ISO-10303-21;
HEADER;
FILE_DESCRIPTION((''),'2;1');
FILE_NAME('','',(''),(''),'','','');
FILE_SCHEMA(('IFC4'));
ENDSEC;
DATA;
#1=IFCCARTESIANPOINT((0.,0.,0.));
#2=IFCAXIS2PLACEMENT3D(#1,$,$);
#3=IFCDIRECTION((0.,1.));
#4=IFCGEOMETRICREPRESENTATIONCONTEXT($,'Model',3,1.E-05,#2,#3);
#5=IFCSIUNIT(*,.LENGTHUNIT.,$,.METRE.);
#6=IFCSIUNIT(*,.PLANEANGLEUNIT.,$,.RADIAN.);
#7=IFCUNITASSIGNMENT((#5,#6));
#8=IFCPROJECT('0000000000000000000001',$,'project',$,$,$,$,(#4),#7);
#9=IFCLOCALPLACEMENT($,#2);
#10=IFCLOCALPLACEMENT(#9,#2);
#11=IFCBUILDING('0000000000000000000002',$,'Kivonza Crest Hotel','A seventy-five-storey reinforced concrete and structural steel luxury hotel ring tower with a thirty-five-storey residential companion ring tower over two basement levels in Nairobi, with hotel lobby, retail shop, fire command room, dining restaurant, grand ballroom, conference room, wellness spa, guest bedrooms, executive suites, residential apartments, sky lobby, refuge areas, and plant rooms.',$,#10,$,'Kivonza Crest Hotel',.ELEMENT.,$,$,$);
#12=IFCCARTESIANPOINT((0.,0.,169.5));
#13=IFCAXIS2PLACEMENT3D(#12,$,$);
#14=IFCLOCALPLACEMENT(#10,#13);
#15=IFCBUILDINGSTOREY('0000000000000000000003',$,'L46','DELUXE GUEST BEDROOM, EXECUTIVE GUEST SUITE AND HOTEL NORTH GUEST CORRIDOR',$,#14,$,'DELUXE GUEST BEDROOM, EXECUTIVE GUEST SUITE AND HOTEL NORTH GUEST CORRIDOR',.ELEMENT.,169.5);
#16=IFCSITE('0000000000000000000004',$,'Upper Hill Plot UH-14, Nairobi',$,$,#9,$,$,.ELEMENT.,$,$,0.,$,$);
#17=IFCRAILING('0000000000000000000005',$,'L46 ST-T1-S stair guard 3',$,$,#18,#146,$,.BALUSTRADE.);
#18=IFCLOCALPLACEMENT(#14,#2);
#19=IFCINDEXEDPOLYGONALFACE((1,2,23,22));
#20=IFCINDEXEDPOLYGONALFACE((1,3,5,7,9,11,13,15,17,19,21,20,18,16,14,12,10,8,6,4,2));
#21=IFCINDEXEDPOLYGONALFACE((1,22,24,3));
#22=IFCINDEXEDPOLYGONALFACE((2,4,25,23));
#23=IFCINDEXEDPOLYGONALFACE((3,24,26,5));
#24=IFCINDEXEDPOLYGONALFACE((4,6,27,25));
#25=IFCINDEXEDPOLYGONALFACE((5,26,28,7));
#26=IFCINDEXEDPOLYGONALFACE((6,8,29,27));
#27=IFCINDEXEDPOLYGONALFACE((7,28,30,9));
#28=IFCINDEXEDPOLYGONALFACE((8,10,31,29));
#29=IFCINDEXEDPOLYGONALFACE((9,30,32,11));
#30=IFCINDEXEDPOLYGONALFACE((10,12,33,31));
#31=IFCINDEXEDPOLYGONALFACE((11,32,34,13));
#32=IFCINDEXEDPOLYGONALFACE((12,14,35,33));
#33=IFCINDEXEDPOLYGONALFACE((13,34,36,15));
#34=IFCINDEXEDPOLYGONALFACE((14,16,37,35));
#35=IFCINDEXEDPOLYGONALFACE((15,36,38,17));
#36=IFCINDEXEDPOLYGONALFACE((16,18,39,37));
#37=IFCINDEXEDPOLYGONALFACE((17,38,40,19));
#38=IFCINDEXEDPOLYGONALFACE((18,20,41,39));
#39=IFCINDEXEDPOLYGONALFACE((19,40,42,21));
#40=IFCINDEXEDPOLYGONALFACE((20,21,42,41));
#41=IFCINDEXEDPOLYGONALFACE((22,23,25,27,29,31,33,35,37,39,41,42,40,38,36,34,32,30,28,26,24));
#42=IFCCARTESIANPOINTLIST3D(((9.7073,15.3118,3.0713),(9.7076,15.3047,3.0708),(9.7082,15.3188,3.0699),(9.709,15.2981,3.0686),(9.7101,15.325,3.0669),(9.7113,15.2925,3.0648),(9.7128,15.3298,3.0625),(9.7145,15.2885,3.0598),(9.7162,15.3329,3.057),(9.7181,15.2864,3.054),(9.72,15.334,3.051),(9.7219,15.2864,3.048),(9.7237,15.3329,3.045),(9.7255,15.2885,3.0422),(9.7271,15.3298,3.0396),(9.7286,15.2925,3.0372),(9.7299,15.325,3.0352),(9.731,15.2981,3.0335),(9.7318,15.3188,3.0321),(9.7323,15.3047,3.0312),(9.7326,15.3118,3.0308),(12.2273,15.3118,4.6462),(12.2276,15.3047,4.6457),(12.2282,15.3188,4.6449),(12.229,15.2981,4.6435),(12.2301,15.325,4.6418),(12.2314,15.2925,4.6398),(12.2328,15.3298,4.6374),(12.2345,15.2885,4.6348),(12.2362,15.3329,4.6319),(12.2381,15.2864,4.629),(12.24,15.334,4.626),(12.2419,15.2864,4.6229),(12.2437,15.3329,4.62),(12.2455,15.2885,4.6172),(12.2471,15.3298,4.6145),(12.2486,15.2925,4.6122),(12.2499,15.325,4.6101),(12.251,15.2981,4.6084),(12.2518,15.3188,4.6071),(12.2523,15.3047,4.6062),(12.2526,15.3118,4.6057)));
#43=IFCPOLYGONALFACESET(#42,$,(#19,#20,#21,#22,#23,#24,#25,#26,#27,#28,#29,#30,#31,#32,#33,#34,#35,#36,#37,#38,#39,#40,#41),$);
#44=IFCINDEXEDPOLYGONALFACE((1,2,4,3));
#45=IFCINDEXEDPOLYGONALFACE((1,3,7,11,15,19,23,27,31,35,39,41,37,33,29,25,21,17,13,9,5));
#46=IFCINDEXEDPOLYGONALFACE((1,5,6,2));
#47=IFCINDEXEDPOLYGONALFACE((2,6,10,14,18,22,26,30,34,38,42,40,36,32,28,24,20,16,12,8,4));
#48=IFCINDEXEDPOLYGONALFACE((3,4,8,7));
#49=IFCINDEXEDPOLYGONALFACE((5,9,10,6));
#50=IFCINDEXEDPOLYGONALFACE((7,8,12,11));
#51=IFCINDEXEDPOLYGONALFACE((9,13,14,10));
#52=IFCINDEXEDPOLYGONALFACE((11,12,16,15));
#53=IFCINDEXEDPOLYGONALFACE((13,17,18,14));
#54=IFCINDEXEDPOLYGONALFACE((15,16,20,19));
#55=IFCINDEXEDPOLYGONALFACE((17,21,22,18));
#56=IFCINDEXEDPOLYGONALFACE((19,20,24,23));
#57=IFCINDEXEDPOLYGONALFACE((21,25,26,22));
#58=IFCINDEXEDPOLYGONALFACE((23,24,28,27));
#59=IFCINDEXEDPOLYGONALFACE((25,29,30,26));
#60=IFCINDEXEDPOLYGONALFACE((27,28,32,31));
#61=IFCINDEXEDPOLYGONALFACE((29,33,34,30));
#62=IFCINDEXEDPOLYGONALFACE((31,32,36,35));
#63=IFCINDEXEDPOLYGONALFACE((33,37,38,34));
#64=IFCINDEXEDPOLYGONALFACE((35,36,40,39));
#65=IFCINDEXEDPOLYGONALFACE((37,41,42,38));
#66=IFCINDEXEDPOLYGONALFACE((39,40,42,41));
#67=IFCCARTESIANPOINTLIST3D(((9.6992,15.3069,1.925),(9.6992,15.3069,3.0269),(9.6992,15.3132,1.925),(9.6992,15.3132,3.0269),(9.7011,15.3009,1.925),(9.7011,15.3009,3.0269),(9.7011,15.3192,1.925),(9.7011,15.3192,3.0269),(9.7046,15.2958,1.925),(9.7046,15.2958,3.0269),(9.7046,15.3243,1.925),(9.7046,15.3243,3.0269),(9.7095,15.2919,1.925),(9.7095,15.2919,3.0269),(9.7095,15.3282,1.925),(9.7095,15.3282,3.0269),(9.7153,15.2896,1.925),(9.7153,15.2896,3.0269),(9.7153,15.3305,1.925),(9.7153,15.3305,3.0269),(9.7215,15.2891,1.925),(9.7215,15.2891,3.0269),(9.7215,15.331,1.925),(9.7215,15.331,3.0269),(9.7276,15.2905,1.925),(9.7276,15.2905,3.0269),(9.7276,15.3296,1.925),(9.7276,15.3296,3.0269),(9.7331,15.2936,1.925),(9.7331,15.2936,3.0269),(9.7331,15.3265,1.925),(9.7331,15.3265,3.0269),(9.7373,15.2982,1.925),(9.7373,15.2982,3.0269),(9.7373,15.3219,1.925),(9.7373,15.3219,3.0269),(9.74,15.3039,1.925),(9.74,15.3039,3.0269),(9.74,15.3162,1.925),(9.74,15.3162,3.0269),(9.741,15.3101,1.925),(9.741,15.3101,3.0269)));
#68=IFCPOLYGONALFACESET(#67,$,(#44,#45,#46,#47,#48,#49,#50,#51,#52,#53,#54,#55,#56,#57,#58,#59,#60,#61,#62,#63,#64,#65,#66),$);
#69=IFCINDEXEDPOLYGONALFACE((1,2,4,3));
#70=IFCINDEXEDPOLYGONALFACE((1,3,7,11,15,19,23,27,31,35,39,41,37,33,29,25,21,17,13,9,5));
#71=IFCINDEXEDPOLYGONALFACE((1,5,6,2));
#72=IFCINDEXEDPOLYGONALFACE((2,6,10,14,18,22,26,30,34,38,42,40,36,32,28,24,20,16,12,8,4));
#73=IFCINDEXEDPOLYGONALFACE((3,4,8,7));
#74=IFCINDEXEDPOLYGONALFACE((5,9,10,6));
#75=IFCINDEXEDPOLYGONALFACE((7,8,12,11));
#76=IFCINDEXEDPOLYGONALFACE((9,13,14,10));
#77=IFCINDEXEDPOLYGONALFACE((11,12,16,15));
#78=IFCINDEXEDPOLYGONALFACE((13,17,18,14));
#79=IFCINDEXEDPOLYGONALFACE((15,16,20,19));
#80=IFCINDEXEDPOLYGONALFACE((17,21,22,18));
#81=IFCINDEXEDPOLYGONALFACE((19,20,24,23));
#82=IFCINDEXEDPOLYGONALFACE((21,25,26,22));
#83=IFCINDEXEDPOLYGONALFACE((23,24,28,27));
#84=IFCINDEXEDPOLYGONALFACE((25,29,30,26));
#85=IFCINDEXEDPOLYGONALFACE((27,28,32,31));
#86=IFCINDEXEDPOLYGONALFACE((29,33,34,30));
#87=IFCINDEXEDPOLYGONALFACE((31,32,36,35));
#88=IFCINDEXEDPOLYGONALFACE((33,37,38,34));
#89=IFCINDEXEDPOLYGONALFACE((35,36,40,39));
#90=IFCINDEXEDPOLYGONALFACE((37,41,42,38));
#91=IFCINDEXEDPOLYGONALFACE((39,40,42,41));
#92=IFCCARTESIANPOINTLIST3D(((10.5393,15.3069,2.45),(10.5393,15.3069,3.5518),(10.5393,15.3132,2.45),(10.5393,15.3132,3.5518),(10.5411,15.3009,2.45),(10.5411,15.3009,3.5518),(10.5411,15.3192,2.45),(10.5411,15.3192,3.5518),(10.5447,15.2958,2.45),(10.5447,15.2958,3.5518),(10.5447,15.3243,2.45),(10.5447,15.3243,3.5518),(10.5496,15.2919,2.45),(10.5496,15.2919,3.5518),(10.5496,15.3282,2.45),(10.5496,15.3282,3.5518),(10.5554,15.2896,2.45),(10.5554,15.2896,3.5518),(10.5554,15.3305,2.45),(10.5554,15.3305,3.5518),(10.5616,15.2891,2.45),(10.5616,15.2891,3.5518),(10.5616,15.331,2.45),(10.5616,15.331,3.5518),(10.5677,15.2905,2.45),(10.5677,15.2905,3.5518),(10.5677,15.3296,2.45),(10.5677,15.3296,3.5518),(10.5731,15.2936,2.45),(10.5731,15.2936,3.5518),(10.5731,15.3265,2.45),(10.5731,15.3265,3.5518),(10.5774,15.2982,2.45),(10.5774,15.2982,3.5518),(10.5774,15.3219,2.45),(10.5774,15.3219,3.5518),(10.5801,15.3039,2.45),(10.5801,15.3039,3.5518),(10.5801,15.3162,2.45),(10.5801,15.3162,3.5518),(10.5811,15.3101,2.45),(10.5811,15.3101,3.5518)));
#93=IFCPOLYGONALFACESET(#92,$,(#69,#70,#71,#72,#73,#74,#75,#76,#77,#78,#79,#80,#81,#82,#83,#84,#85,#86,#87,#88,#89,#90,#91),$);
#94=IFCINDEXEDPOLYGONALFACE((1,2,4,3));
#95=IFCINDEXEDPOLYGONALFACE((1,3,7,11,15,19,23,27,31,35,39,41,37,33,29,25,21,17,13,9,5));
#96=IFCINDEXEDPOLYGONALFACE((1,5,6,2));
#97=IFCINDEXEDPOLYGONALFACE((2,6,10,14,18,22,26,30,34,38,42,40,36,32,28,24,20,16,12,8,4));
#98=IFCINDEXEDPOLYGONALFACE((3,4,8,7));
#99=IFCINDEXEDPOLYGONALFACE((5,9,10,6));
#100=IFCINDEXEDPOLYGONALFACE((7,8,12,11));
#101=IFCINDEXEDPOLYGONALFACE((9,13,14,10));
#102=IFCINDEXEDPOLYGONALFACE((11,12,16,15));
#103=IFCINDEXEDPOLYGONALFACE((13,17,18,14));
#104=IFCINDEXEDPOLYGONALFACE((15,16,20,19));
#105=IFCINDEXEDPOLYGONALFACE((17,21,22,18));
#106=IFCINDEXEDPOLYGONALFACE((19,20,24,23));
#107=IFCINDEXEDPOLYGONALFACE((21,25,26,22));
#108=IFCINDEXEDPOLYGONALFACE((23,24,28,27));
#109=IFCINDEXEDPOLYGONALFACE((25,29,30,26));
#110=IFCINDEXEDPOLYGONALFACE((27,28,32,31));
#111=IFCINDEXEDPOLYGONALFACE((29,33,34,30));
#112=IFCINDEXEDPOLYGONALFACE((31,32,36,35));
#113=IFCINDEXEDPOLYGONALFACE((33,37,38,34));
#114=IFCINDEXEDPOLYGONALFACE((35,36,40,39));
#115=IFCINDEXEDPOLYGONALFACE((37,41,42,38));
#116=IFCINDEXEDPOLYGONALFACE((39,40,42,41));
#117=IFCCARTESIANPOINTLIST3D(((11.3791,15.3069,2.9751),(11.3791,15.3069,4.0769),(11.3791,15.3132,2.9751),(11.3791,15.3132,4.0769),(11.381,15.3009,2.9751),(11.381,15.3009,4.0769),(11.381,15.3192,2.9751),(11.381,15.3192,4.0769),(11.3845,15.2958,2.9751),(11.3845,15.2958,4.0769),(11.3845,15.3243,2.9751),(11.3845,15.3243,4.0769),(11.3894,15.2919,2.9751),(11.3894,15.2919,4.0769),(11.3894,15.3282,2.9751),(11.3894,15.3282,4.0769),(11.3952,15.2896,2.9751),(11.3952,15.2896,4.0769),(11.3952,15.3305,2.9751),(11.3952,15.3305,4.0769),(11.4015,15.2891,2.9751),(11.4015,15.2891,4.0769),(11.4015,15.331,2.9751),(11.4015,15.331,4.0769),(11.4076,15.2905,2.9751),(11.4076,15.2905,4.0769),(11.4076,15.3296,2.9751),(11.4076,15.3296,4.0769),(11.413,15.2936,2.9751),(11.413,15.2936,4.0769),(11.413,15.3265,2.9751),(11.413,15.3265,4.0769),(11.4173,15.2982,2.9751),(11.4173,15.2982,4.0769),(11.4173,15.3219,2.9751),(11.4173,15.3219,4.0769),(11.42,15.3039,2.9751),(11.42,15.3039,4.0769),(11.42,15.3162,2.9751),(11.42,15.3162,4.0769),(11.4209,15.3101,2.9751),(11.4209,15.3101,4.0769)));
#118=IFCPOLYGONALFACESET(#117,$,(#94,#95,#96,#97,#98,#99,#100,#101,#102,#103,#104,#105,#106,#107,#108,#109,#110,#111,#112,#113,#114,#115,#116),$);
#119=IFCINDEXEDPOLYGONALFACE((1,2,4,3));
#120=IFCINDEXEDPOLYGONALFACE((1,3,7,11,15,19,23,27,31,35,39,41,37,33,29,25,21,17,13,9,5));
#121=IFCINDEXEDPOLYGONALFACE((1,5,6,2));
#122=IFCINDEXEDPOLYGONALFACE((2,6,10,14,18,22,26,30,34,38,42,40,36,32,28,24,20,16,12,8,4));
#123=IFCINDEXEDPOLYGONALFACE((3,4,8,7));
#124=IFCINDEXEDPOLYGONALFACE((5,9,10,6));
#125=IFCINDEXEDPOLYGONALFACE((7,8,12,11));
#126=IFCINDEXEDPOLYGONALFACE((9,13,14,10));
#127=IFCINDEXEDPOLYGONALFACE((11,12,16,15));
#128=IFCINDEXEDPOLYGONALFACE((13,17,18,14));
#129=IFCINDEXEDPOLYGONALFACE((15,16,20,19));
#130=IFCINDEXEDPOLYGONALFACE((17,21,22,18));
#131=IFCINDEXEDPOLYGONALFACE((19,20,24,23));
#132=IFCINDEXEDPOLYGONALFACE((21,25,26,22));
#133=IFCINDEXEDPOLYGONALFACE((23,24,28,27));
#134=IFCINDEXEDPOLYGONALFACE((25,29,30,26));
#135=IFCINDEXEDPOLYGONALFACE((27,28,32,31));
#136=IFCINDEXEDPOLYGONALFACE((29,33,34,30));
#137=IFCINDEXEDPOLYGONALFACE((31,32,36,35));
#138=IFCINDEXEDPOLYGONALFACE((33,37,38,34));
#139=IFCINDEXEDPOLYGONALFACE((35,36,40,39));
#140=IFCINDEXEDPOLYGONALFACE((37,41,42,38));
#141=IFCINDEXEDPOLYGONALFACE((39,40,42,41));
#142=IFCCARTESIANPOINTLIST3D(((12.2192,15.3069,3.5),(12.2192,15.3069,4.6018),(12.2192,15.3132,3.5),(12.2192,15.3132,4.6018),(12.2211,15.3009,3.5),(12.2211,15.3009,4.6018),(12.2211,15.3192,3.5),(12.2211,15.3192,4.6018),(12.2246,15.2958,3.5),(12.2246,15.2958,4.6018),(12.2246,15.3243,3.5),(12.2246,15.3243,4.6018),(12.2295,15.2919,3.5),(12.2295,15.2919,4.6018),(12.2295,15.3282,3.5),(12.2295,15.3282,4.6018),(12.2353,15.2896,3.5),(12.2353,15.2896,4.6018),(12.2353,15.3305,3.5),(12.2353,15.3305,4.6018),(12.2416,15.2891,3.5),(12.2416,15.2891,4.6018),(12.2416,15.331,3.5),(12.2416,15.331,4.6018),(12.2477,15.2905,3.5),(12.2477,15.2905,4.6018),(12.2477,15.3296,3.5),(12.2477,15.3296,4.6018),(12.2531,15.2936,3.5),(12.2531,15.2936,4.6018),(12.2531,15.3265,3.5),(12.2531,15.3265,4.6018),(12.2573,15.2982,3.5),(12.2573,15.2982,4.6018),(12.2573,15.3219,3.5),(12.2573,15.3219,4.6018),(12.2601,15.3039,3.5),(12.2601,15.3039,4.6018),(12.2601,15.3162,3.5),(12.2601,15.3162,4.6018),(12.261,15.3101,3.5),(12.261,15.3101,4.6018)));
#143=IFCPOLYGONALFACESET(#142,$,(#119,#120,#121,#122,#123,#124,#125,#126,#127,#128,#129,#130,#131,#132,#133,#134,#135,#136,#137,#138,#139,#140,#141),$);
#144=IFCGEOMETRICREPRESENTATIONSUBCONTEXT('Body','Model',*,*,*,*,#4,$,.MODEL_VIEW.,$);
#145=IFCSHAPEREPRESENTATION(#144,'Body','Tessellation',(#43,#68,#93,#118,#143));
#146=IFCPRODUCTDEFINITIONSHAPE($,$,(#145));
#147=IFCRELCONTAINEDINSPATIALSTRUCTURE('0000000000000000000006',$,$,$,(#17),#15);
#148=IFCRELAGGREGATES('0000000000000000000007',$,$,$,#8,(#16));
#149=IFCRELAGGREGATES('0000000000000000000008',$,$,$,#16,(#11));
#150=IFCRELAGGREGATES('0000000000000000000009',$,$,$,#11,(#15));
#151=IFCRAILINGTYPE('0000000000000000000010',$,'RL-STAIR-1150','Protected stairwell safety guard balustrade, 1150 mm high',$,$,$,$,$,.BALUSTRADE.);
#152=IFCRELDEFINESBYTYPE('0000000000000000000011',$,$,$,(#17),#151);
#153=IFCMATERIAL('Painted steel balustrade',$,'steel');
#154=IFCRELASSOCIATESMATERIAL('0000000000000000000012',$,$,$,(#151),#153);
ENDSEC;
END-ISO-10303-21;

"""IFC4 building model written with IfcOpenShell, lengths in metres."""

from ifc_helpers import new_model, si_unit, direction, frame, origin, origin_2d, place, context, subcontext, project, spatial, circle, extrude, material, type_object, element, save


model = new_model("IFC4")

# Units and contexts
model_context = context("Model", 3, precision=1e-05, world=origin(), true_north=direction((0.0, 1.0)))
body_context = subcontext(model_context, "Body", "Model", "MODEL_VIEW")
ifc_project = project(units=[si_unit("LENGTHUNIT", "METRE"), si_unit("PLANEANGLEUNIT", "RADIAN")], contexts=[model_context])

# Site, building, storey
site_placement = place(None, origin())
site = spatial("IfcSite", under=ifc_project, at=site_placement, Name="Upper Hill Plot UH-14, Nairobi", CompositionType="ELEMENT", RefElevation=0.0)
building_placement = place(site_placement, origin())
building = spatial("IfcBuilding", under=site, at=building_placement, Name="Kivonza Crest Hotel", Description="A seventy-five-storey reinforced concrete and structural steel luxury hotel ring tower with a thirty-five-storey residential companion ring tower over two basement levels in Nairobi, with hotel lobby, retail shop, fire command room, dining restaurant, grand ballroom, conference room, wellness spa, guest bedrooms, executive suites, residential apartments, sky lobby, refuge areas, and plant rooms.", LongName="Kivonza Crest Hotel", CompositionType="ELEMENT")
storey_placement = place(building_placement, frame((0.0, 0.0, 169.5)))
storey = spatial("IfcBuildingStorey", under=building, at=storey_placement, Name="L46", Description="DELUXE GUEST BEDROOM, EXECUTIVE GUEST SUITE AND HOTEL NORTH GUEST CORRIDOR", LongName="DELUXE GUEST BEDROOM, EXECUTIVE GUEST SUITE AND HOTEL NORTH GUEST CORRIDOR", CompositionType="ELEMENT", Elevation=169.5)

# Railing
ifc_material_1 = material(Name="Painted steel balustrade", Category="steel")
railing_type_1 = type_object("IfcRailingType", Name="RL-STAIR-1150", Description="Protected stairwell safety guard balustrade, 1150 mm high", PredefinedType="BALUSTRADE", material=ifc_material_1)
railing_1_placement = place(storey_placement, frame((9.72, 15.3101, 1.925)))
element("IfcRailing", 1, at=railing_1_placement, inside=storey, type_object=railing_type_1, Name="L46 ST-T1-S stair guard 3", PredefinedType="BALUSTRADE", context=body_context, shape_type="SweptSolid", body=[
    extrude(circle(Radius=0.0239, at=origin_2d()), frame((0.0, 0.0, 1.126), z_axis=(0.848008, 0.0, 0.529984), x_axis=(0.0, 1.0, 0.0)), (0.0, 0.0, 1.0), 2.9717),
    extrude(circle(Radius=0.021, at=origin_2d()), origin(), (0.0, 0.0, 1.0), 1.1018),
    extrude(circle(Radius=0.021, at=origin_2d()), frame((0.8401, 0.0, 0.5249)), (0.0, 0.0, 1.0), 1.1018),
    extrude(circle(Radius=0.021, at=origin_2d()), frame((1.6799, 0.0, 1.05)), (0.0, 0.0, 1.0), 1.1018),
    extrude(circle(Radius=0.021, at=origin_2d()), frame((2.52, 0.0, 1.575)), (0.0, 0.0, 1.0), 1.1018),
])

save(model, "model.ifc")
